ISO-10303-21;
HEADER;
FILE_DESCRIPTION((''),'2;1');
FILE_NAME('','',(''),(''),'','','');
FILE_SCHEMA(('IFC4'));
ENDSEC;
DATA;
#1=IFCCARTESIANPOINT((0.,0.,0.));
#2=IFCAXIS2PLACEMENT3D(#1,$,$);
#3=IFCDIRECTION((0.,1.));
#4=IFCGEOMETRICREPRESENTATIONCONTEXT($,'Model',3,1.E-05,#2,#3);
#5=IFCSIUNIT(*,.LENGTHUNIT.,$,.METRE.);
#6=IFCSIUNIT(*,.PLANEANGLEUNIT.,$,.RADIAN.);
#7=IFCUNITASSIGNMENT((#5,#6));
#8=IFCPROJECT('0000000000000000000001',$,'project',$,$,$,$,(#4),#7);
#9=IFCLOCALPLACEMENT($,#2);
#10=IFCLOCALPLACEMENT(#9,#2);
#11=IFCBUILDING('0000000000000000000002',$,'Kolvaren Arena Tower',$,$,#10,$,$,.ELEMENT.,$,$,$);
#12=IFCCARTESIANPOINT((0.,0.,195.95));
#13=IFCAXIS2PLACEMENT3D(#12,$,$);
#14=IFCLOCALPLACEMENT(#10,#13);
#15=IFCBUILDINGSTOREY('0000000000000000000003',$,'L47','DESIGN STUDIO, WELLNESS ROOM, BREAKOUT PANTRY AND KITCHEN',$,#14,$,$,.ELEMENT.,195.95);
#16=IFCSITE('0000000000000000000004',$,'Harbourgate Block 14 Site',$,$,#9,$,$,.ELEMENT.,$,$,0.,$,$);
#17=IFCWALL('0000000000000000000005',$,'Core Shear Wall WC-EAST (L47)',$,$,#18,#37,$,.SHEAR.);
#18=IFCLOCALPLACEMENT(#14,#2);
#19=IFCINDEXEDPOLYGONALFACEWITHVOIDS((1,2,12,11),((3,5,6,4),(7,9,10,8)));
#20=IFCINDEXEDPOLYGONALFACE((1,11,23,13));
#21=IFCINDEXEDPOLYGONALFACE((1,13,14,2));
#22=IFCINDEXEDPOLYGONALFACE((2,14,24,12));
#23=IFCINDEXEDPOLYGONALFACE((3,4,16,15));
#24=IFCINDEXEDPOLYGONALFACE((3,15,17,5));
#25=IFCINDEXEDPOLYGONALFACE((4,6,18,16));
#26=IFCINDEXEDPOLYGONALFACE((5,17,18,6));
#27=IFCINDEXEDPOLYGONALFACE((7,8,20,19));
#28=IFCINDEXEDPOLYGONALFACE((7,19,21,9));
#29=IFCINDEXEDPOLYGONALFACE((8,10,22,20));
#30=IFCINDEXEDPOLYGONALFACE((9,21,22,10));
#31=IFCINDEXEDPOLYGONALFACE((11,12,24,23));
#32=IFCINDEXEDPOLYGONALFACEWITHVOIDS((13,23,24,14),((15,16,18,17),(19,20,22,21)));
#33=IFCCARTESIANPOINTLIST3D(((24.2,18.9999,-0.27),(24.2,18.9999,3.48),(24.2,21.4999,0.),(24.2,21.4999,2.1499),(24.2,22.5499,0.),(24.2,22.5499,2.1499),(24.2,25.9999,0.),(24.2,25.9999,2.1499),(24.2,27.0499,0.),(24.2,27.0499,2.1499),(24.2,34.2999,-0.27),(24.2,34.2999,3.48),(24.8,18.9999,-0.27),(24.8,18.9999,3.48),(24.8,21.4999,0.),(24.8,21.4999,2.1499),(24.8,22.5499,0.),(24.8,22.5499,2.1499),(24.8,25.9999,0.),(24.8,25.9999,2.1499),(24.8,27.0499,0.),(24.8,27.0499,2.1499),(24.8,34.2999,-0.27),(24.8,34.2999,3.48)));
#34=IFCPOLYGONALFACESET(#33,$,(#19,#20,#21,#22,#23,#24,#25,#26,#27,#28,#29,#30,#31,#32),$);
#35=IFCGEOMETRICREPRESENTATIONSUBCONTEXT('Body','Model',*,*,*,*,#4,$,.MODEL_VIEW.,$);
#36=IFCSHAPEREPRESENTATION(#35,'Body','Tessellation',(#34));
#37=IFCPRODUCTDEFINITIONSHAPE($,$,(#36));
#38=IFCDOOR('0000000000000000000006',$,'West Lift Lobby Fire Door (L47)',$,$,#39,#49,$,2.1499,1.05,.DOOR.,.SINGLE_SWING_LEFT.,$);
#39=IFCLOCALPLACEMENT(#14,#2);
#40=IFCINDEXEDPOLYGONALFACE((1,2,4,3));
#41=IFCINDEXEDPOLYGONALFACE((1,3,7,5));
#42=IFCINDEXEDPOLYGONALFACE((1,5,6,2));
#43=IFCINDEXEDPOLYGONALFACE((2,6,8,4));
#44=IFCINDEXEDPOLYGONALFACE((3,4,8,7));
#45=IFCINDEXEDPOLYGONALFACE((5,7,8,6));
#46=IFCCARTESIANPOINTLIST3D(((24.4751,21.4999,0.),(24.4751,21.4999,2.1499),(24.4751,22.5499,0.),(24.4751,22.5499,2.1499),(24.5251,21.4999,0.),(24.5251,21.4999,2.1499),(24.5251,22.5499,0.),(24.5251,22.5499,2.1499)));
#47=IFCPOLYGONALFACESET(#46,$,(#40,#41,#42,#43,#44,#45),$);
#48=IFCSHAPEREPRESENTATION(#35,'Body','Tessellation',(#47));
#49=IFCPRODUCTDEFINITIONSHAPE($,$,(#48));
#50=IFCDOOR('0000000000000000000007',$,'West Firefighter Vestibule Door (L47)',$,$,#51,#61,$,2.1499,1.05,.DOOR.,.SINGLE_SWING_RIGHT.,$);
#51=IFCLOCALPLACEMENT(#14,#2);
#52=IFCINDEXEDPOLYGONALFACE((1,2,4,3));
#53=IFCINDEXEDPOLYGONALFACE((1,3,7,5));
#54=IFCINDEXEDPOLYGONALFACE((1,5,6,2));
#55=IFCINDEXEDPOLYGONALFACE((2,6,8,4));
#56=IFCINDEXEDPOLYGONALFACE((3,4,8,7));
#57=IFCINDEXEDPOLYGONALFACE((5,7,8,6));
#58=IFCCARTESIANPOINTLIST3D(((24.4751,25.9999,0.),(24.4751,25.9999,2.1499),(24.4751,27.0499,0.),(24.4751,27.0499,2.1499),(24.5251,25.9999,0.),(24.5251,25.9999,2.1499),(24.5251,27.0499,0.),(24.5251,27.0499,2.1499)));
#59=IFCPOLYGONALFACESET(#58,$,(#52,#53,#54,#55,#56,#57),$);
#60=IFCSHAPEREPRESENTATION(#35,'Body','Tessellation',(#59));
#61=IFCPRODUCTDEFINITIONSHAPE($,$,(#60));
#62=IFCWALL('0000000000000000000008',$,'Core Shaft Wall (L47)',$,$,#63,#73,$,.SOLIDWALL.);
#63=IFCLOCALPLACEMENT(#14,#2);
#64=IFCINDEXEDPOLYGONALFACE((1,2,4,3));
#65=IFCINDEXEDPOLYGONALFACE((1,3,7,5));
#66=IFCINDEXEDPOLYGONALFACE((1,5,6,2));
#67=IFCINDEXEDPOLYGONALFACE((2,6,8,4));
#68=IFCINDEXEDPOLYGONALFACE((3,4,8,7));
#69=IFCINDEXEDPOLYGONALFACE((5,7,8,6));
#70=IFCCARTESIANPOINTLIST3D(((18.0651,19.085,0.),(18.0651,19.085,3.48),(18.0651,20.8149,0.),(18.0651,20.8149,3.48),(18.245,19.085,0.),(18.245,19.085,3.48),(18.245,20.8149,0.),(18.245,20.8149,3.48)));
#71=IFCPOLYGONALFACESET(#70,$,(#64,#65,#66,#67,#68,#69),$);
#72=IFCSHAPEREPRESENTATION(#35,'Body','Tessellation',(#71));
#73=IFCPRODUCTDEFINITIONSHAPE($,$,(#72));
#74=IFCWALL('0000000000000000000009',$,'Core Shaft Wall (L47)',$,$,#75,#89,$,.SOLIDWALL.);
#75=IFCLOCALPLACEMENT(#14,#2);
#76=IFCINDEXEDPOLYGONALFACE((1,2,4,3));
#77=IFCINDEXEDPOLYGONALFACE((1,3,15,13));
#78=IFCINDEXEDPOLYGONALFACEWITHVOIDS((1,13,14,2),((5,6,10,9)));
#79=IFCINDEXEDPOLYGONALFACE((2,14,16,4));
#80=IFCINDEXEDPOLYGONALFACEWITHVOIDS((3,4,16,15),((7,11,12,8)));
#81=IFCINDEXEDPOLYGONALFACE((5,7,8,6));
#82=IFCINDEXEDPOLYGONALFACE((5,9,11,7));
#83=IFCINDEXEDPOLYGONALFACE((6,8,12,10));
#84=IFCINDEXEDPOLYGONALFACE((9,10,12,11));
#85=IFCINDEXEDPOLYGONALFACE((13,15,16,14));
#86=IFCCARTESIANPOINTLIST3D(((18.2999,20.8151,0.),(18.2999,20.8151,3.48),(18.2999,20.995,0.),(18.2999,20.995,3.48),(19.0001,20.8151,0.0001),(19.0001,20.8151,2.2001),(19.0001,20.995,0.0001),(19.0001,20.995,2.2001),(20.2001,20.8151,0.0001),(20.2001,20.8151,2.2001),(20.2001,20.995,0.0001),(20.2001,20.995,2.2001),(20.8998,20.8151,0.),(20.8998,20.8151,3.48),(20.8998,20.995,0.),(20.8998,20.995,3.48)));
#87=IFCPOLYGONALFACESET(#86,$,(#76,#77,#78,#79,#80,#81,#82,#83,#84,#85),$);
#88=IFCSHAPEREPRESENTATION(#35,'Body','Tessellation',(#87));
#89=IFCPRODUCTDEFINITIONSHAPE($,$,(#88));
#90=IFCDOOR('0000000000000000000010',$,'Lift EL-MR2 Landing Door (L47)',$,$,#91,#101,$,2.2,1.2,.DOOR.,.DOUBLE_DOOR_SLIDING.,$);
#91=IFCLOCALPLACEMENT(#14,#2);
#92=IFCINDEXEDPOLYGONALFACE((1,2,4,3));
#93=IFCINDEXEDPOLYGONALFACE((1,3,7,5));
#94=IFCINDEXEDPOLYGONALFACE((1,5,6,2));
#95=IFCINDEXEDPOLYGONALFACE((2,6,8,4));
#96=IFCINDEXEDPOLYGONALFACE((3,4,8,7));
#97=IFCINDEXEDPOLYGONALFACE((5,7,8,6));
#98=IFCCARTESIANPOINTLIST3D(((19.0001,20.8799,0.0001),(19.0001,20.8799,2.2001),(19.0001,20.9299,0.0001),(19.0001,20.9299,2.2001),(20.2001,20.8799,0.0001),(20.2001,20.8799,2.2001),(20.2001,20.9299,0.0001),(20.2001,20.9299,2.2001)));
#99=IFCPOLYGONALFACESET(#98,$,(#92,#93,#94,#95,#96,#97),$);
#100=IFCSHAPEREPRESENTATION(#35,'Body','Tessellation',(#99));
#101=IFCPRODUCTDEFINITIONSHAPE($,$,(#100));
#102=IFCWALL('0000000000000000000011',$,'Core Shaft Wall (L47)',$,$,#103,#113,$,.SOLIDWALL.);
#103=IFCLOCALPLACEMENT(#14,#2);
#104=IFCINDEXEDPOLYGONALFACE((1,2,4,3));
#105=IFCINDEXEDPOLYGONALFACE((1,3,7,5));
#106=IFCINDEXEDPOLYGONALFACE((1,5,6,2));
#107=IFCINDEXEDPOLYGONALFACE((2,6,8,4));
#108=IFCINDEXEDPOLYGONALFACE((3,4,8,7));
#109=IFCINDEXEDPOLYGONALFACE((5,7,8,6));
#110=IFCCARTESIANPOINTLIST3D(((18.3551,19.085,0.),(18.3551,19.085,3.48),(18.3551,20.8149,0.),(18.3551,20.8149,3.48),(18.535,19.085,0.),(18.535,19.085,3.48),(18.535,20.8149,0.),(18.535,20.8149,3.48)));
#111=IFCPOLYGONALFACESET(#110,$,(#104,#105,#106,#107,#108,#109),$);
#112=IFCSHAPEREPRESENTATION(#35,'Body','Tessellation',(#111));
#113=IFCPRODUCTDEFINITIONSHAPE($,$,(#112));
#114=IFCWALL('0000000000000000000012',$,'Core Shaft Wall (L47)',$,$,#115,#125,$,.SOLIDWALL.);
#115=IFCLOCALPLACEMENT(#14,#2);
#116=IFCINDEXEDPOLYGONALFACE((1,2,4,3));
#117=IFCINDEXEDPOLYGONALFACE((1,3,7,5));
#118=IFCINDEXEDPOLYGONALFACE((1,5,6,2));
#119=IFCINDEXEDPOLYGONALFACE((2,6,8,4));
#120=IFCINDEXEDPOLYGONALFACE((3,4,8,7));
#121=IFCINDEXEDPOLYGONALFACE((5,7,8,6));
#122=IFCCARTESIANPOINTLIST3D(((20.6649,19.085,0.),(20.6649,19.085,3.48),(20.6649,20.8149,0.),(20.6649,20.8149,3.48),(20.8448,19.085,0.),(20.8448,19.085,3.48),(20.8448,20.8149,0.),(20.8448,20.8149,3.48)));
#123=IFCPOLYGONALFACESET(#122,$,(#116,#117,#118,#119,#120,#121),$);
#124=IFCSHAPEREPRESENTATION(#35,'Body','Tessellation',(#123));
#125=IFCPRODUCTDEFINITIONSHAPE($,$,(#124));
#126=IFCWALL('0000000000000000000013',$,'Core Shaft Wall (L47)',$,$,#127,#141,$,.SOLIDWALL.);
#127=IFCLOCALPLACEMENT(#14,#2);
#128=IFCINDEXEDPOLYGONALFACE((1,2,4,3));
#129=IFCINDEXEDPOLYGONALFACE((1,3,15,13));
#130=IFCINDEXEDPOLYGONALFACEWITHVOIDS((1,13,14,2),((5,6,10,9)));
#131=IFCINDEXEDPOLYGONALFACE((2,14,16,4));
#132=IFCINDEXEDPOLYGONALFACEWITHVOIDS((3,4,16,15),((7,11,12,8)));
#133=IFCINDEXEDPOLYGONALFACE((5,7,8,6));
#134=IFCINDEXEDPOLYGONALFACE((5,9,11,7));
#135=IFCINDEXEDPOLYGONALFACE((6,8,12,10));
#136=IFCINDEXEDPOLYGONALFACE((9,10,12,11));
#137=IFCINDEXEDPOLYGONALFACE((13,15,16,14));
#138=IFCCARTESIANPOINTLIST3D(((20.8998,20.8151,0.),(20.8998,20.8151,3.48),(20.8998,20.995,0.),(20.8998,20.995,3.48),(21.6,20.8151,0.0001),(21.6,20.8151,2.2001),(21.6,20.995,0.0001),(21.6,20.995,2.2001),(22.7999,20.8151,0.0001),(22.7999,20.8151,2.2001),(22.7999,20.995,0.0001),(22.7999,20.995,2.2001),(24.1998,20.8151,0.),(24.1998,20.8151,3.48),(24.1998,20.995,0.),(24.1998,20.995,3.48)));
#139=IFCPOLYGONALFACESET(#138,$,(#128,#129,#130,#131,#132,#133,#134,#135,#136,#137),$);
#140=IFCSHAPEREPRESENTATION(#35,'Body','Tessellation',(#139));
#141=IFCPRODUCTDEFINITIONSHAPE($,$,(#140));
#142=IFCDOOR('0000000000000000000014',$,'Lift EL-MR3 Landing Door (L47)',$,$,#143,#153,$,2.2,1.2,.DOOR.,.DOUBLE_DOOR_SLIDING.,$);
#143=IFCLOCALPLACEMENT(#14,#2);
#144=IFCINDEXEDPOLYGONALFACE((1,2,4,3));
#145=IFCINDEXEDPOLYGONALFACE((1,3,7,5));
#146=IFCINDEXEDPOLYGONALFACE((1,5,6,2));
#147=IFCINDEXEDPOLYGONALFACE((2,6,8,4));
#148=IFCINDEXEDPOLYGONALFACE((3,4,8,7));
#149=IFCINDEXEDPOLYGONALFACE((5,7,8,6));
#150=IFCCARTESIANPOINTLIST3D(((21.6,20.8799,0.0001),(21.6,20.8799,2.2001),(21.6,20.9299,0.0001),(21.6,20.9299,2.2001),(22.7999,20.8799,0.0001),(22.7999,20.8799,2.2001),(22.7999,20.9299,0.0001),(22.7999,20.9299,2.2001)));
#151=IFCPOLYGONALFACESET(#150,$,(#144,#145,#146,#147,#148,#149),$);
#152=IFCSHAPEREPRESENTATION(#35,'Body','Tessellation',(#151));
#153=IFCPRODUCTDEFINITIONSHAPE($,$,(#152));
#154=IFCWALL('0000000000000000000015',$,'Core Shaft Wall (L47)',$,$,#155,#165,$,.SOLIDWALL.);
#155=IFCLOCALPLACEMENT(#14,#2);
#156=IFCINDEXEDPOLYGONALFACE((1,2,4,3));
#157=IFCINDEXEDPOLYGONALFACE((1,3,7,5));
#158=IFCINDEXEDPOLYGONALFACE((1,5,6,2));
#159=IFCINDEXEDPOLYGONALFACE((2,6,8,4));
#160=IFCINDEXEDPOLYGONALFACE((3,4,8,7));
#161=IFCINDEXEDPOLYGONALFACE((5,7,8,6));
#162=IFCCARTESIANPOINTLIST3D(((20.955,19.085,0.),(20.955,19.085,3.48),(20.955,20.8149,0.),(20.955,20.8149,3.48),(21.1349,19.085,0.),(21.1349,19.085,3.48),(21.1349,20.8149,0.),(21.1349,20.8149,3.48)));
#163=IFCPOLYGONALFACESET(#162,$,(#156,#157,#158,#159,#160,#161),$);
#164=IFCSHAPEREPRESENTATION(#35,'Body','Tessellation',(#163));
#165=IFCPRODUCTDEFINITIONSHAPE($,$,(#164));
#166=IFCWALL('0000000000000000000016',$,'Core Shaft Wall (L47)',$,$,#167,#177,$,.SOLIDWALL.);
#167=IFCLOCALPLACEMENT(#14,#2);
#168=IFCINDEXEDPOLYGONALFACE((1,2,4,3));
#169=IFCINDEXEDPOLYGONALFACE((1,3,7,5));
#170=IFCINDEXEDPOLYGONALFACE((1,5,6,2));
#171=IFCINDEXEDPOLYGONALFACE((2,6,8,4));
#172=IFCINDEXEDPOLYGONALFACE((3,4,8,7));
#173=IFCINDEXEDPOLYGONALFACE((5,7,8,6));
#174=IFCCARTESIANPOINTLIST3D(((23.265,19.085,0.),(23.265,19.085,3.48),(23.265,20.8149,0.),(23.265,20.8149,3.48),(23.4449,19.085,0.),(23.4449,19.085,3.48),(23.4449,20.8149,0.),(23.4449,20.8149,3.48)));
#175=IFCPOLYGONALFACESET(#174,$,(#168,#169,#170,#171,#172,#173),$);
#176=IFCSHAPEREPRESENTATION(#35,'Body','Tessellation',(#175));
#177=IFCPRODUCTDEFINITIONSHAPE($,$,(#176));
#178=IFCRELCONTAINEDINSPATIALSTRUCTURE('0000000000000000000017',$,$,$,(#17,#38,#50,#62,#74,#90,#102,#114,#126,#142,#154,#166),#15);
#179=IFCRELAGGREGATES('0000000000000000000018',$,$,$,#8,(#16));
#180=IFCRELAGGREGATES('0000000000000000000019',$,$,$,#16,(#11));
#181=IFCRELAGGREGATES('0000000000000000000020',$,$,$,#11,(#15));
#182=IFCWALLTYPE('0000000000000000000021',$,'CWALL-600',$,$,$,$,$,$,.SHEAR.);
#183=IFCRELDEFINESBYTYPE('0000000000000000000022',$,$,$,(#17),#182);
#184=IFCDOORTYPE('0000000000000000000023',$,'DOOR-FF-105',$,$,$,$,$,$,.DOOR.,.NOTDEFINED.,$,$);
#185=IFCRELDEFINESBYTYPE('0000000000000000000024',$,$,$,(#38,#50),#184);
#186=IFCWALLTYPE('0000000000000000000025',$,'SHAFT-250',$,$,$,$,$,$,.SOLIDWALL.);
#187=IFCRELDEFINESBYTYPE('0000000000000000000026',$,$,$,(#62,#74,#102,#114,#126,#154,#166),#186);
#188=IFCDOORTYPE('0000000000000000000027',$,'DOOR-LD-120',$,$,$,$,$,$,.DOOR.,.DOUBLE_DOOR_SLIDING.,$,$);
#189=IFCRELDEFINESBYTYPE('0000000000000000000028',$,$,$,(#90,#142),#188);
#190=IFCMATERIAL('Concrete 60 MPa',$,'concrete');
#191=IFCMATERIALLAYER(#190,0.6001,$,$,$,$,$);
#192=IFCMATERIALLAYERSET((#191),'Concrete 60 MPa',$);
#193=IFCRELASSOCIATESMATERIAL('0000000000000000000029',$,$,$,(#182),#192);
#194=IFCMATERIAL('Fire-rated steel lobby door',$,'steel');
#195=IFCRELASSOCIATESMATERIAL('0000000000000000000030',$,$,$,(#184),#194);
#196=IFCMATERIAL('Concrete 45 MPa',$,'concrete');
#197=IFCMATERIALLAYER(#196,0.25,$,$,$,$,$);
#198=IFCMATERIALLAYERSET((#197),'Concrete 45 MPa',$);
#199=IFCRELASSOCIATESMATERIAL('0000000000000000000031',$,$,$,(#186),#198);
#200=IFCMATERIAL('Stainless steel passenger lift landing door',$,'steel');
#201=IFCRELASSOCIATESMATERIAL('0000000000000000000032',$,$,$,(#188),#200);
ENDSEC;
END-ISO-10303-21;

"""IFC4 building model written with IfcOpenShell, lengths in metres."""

from ifc_helpers import new_model, si_unit, direction, frame, frame_2d, origin, place, context, subcontext, project, spatial, rectangle, extrude, material, layer, layer_set, type_object, element, fill, save


model = new_model("IFC4")

# Units and contexts
model_context = context("Model", 3, precision=1e-05, world=origin(), true_north=direction((0.0, 1.0)))
body_context = subcontext(model_context, "Body", "Model", "MODEL_VIEW")
ifc_project = project(units=[si_unit("LENGTHUNIT", "METRE"), si_unit("PLANEANGLEUNIT", "RADIAN")], contexts=[model_context])

# Site, building, storey
site_placement = place(None, origin())
site = spatial("IfcSite", under=ifc_project, at=site_placement, Name="Harbourgate Block 14 Site", CompositionType="ELEMENT", RefElevation=0.0)
building_placement = place(site_placement, origin())
building = spatial("IfcBuilding", under=site, at=building_placement, Name="Kolvaren Arena Tower", CompositionType="ELEMENT")
storey_placement = place(building_placement, frame((0.0, 0.0, 195.95)))
storey = spatial("IfcBuildingStorey", under=building, at=storey_placement, Name="L47", Description="DESIGN STUDIO, WELLNESS ROOM, BREAKOUT PANTRY AND KITCHEN", CompositionType="ELEMENT", Elevation=195.95)

# Wall, openings, doors
ifc_material_1 = material(Name="Concrete 60 MPa", Category="concrete")
ifc_layer_1 = layer(ifc_material_1, 0.6001)
ifc_layer_set_1 = layer_set([ifc_layer_1], Name="Concrete 60 MPa")
wall_type_1 = type_object("IfcWallType", Name="CWALL-600", PredefinedType="SHEAR", material=ifc_layer_set_1)
wall_1_placement = place(storey_placement, frame((24.5, 19.0, -0.27), z_axis=(0.0, 0.0, 1.0), x_axis=(0.0, 1.0, 0.0)))
wall_1 = element("IfcWall", 1, at=wall_1_placement, inside=storey, type_object=wall_type_1, Name="Core Shear Wall WC-EAST (L47)", PredefinedType="SHEAR", context=body_context, shape_type="SweptSolid", body=[
    extrude(rectangle(XDim=15.3, YDim=0.6001, at=frame_2d((7.6499, 0.0))), origin(), (0.0, 0.0, 1.0), 3.75),
])
opening_1_placement = place(wall_1_placement, frame((2.5, 0.0, 0.27)))
opening_1 = element("IfcOpeningElement", 2, at=opening_1_placement, cuts=wall_1, PredefinedType="OPENING", context=body_context, shape_type="SweptSolid", body=[
    extrude(rectangle(XDim=1.05, YDim=2.1499, at=frame_2d((0.5249, 1.075))), frame((0.0, 0.3101, 0.0), z_axis=(0.0, -1.0, 0.0), x_axis=(1.0, 0.0, 0.0)), (0.0, 0.0, 1.0), 0.6201),
])
opening_2_placement = place(wall_1_placement, frame((7.0, 0.0, 0.27)))
opening_2 = element("IfcOpeningElement", 3, at=opening_2_placement, cuts=wall_1, PredefinedType="OPENING", context=body_context, shape_type="SweptSolid", body=[
    extrude(rectangle(XDim=1.05, YDim=2.1499, at=frame_2d((0.5249, 1.075))), frame((0.0, 0.3101, 0.0), z_axis=(0.0, -1.0, 0.0), x_axis=(1.0, 0.0, 0.0)), (0.0, 0.0, 1.0), 0.6201),
])
ifc_material_2 = material(Name="Fire-rated steel lobby door", Category="steel")
door_type_1 = type_object("IfcDoorType", Name="DOOR-FF-105", OperationType="NOTDEFINED", PredefinedType="DOOR", material=ifc_material_2)
door_1_placement = place(opening_1_placement, origin())
door_1 = element("IfcDoor", 4, at=door_1_placement, inside=storey, type_object=door_type_1, Name="West Lift Lobby Fire Door (L47)", OperationType="SINGLE_SWING_LEFT", OverallHeight=2.1499, OverallWidth=1.05, PredefinedType="DOOR", context=body_context, shape_type="SweptSolid", body=[
    extrude(rectangle(XDim=1.05, YDim=2.1499, at=frame_2d((0.5249, 1.075))), frame((0.0, 0.0249, 0.0), z_axis=(0.0, -1.0, 0.0), x_axis=(1.0, 0.0, 0.0)), (0.0, 0.0, 1.0), 0.05),
])
fill(opening_1, door_1)
door_2_placement = place(opening_2_placement, origin())
door_2 = element("IfcDoor", 5, at=door_2_placement, inside=storey, type_object=door_type_1, Name="West Firefighter Vestibule Door (L47)", OperationType="SINGLE_SWING_RIGHT", OverallHeight=2.1499, OverallWidth=1.05, PredefinedType="DOOR", context=body_context, shape_type="SweptSolid", body=[
    extrude(rectangle(XDim=1.05, YDim=2.1499, at=frame_2d((0.5249, 1.075))), frame((0.0, 0.0249, 0.0), z_axis=(0.0, -1.0, 0.0), x_axis=(1.0, 0.0, 0.0)), (0.0, 0.0, 1.0), 0.05),
])
fill(opening_2, door_2)

# Wall
ifc_material_3 = material(Name="Concrete 45 MPa", Category="concrete")
ifc_layer_2 = layer(ifc_material_3, 0.25)
ifc_layer_set_2 = layer_set([ifc_layer_2], Name="Concrete 45 MPa")
wall_type_2 = type_object("IfcWallType", Name="SHAFT-250", PredefinedType="SOLIDWALL", material=ifc_layer_set_2)
wall_2_placement = place(storey_placement, frame((18.155, 19.085, 0.0), z_axis=(0.0, 0.0, 1.0), x_axis=(0.0, 1.0, 0.0)))
element("IfcWall", 6, at=wall_2_placement, inside=storey, type_object=wall_type_2, Name="Core Shaft Wall (L47)", PredefinedType="SOLIDWALL", context=body_context, shape_type="SweptSolid", body=[
    extrude(rectangle(XDim=1.73, YDim=0.1799, at=frame_2d((0.865, 0.0))), origin(), (0.0, 0.0, 1.0), 3.48),
])

# Wall, opening, door
wall_3_placement = place(storey_placement, frame((18.3, 20.905, 0.0), z_axis=(0.0, 0.0, 1.0), x_axis=(1.0, 0.0, 0.0)))
wall_3 = element("IfcWall", 7, at=wall_3_placement, inside=storey, type_object=wall_type_2, Name="Core Shaft Wall (L47)", PredefinedType="SOLIDWALL", context=body_context, shape_type="SweptSolid", body=[
    extrude(rectangle(XDim=2.5999, YDim=0.1799, at=frame_2d((1.2998, 0.0))), origin(), (0.0, 0.0, 1.0), 3.48),
])
opening_3_placement = place(wall_3_placement, frame((0.7, 0.0, 0.0)))
opening_3 = element("IfcOpeningElement", 8, at=opening_3_placement, cuts=wall_3, PredefinedType="OPENING", context=body_context, shape_type="SweptSolid", body=[
    extrude(rectangle(XDim=1.2, YDim=2.2, at=frame_2d((0.6001, 1.1001))), frame((0.0, 0.0999, 0.0), z_axis=(0.0, -1.0, 0.0), x_axis=(1.0, 0.0, 0.0)), (0.0, 0.0, 1.0), 0.2),
])
ifc_material_4 = material(Name="Stainless steel passenger lift landing door", Category="steel")
door_type_2 = type_object("IfcDoorType", Name="DOOR-LD-120", OperationType="DOUBLE_DOOR_SLIDING", PredefinedType="DOOR", material=ifc_material_4)
door_3_placement = place(opening_3_placement, origin())
door_3 = element("IfcDoor", 9, at=door_3_placement, inside=storey, type_object=door_type_2, Name="Lift EL-MR2 Landing Door (L47)", OperationType="DOUBLE_DOOR_SLIDING", OverallHeight=2.2, OverallWidth=1.2, PredefinedType="DOOR", context=body_context, shape_type="SweptSolid", body=[
    extrude(rectangle(XDim=1.2, YDim=2.2, at=frame_2d((0.6001, 1.1001))), frame((0.0, 0.0249, 0.0), z_axis=(0.0, -1.0, 0.0), x_axis=(1.0, 0.0, 0.0)), (0.0, 0.0, 1.0), 0.05),
])
fill(opening_3, door_3)

# Walls
for number, where, z_axis, x_axis, name in (
    (10, (18.4451, 19.085, 0.0), (0.0, 0.0, 1.0), (0.0, 1.0, 0.0), "Core Shaft Wall (L47)"),
    (11, (20.7549, 19.085, 0.0), (0.0, 0.0, 1.0), (0.0, 1.0, 0.0), "Core Shaft Wall (L47)"),
):
    element("IfcWall", number, at=place(storey_placement, frame(where, z_axis=z_axis, x_axis=x_axis)), inside=storey, type_object=wall_type_2, Name=name, PredefinedType="SOLIDWALL", context=body_context, shape_type="SweptSolid", body=[
        extrude(rectangle(XDim=1.73, YDim=0.1799, at=frame_2d((0.865, 0.0))), origin(), (0.0, 0.0, 1.0), 3.48),
    ])

# Wall, opening, door
wall_4_placement = place(storey_placement, frame((20.8999, 20.905, 0.0), z_axis=(0.0, 0.0, 1.0), x_axis=(1.0, 0.0, 0.0)))
wall_4 = element("IfcWall", 12, at=wall_4_placement, inside=storey, type_object=wall_type_2, Name="Core Shaft Wall (L47)", PredefinedType="SOLIDWALL", context=body_context, shape_type="SweptSolid", body=[
    extrude(rectangle(XDim=3.3, YDim=0.1799, at=frame_2d((1.6499, 0.0))), origin(), (0.0, 0.0, 1.0), 3.48),
])
opening_4_placement = place(wall_4_placement, frame((0.7, 0.0, 0.0)))
opening_4 = element("IfcOpeningElement", 13, at=opening_4_placement, cuts=wall_4, PredefinedType="OPENING", context=body_context, shape_type="SweptSolid", body=[
    extrude(rectangle(XDim=1.2, YDim=2.2, at=frame_2d((0.6001, 1.1001))), frame((0.0, 0.0999, 0.0), z_axis=(0.0, -1.0, 0.0), x_axis=(1.0, 0.0, 0.0)), (0.0, 0.0, 1.0), 0.2),
])
door_4_placement = place(opening_4_placement, origin())
door_4 = element("IfcDoor", 14, at=door_4_placement, inside=storey, type_object=door_type_2, Name="Lift EL-MR3 Landing Door (L47)", OperationType="DOUBLE_DOOR_SLIDING", OverallHeight=2.2, OverallWidth=1.2, PredefinedType="DOOR", context=body_context, shape_type="SweptSolid", body=[
    extrude(rectangle(XDim=1.2, YDim=2.2, at=frame_2d((0.6001, 1.1001))), frame((0.0, 0.0249, 0.0), z_axis=(0.0, -1.0, 0.0), x_axis=(1.0, 0.0, 0.0)), (0.0, 0.0, 1.0), 0.05),
])
fill(opening_4, door_4)

# Walls
for number, where, z_axis, x_axis, name in (
    (15, (21.0449, 19.085, 0.0), (0.0, 0.0, 1.0), (0.0, 1.0, 0.0), "Core Shaft Wall (L47)"),
    (16, (23.355, 19.085, 0.0), (0.0, 0.0, 1.0), (0.0, 1.0, 0.0), "Core Shaft Wall (L47)"),
):
    element("IfcWall", number, at=place(storey_placement, frame(where, z_axis=z_axis, x_axis=x_axis)), inside=storey, type_object=wall_type_2, Name=name, PredefinedType="SOLIDWALL", context=body_context, shape_type="SweptSolid", body=[
        extrude(rectangle(XDim=1.73, YDim=0.1799, at=frame_2d((0.865, 0.0))), origin(), (0.0, 0.0, 1.0), 3.48),
    ])

save(model, "model.ifc")
